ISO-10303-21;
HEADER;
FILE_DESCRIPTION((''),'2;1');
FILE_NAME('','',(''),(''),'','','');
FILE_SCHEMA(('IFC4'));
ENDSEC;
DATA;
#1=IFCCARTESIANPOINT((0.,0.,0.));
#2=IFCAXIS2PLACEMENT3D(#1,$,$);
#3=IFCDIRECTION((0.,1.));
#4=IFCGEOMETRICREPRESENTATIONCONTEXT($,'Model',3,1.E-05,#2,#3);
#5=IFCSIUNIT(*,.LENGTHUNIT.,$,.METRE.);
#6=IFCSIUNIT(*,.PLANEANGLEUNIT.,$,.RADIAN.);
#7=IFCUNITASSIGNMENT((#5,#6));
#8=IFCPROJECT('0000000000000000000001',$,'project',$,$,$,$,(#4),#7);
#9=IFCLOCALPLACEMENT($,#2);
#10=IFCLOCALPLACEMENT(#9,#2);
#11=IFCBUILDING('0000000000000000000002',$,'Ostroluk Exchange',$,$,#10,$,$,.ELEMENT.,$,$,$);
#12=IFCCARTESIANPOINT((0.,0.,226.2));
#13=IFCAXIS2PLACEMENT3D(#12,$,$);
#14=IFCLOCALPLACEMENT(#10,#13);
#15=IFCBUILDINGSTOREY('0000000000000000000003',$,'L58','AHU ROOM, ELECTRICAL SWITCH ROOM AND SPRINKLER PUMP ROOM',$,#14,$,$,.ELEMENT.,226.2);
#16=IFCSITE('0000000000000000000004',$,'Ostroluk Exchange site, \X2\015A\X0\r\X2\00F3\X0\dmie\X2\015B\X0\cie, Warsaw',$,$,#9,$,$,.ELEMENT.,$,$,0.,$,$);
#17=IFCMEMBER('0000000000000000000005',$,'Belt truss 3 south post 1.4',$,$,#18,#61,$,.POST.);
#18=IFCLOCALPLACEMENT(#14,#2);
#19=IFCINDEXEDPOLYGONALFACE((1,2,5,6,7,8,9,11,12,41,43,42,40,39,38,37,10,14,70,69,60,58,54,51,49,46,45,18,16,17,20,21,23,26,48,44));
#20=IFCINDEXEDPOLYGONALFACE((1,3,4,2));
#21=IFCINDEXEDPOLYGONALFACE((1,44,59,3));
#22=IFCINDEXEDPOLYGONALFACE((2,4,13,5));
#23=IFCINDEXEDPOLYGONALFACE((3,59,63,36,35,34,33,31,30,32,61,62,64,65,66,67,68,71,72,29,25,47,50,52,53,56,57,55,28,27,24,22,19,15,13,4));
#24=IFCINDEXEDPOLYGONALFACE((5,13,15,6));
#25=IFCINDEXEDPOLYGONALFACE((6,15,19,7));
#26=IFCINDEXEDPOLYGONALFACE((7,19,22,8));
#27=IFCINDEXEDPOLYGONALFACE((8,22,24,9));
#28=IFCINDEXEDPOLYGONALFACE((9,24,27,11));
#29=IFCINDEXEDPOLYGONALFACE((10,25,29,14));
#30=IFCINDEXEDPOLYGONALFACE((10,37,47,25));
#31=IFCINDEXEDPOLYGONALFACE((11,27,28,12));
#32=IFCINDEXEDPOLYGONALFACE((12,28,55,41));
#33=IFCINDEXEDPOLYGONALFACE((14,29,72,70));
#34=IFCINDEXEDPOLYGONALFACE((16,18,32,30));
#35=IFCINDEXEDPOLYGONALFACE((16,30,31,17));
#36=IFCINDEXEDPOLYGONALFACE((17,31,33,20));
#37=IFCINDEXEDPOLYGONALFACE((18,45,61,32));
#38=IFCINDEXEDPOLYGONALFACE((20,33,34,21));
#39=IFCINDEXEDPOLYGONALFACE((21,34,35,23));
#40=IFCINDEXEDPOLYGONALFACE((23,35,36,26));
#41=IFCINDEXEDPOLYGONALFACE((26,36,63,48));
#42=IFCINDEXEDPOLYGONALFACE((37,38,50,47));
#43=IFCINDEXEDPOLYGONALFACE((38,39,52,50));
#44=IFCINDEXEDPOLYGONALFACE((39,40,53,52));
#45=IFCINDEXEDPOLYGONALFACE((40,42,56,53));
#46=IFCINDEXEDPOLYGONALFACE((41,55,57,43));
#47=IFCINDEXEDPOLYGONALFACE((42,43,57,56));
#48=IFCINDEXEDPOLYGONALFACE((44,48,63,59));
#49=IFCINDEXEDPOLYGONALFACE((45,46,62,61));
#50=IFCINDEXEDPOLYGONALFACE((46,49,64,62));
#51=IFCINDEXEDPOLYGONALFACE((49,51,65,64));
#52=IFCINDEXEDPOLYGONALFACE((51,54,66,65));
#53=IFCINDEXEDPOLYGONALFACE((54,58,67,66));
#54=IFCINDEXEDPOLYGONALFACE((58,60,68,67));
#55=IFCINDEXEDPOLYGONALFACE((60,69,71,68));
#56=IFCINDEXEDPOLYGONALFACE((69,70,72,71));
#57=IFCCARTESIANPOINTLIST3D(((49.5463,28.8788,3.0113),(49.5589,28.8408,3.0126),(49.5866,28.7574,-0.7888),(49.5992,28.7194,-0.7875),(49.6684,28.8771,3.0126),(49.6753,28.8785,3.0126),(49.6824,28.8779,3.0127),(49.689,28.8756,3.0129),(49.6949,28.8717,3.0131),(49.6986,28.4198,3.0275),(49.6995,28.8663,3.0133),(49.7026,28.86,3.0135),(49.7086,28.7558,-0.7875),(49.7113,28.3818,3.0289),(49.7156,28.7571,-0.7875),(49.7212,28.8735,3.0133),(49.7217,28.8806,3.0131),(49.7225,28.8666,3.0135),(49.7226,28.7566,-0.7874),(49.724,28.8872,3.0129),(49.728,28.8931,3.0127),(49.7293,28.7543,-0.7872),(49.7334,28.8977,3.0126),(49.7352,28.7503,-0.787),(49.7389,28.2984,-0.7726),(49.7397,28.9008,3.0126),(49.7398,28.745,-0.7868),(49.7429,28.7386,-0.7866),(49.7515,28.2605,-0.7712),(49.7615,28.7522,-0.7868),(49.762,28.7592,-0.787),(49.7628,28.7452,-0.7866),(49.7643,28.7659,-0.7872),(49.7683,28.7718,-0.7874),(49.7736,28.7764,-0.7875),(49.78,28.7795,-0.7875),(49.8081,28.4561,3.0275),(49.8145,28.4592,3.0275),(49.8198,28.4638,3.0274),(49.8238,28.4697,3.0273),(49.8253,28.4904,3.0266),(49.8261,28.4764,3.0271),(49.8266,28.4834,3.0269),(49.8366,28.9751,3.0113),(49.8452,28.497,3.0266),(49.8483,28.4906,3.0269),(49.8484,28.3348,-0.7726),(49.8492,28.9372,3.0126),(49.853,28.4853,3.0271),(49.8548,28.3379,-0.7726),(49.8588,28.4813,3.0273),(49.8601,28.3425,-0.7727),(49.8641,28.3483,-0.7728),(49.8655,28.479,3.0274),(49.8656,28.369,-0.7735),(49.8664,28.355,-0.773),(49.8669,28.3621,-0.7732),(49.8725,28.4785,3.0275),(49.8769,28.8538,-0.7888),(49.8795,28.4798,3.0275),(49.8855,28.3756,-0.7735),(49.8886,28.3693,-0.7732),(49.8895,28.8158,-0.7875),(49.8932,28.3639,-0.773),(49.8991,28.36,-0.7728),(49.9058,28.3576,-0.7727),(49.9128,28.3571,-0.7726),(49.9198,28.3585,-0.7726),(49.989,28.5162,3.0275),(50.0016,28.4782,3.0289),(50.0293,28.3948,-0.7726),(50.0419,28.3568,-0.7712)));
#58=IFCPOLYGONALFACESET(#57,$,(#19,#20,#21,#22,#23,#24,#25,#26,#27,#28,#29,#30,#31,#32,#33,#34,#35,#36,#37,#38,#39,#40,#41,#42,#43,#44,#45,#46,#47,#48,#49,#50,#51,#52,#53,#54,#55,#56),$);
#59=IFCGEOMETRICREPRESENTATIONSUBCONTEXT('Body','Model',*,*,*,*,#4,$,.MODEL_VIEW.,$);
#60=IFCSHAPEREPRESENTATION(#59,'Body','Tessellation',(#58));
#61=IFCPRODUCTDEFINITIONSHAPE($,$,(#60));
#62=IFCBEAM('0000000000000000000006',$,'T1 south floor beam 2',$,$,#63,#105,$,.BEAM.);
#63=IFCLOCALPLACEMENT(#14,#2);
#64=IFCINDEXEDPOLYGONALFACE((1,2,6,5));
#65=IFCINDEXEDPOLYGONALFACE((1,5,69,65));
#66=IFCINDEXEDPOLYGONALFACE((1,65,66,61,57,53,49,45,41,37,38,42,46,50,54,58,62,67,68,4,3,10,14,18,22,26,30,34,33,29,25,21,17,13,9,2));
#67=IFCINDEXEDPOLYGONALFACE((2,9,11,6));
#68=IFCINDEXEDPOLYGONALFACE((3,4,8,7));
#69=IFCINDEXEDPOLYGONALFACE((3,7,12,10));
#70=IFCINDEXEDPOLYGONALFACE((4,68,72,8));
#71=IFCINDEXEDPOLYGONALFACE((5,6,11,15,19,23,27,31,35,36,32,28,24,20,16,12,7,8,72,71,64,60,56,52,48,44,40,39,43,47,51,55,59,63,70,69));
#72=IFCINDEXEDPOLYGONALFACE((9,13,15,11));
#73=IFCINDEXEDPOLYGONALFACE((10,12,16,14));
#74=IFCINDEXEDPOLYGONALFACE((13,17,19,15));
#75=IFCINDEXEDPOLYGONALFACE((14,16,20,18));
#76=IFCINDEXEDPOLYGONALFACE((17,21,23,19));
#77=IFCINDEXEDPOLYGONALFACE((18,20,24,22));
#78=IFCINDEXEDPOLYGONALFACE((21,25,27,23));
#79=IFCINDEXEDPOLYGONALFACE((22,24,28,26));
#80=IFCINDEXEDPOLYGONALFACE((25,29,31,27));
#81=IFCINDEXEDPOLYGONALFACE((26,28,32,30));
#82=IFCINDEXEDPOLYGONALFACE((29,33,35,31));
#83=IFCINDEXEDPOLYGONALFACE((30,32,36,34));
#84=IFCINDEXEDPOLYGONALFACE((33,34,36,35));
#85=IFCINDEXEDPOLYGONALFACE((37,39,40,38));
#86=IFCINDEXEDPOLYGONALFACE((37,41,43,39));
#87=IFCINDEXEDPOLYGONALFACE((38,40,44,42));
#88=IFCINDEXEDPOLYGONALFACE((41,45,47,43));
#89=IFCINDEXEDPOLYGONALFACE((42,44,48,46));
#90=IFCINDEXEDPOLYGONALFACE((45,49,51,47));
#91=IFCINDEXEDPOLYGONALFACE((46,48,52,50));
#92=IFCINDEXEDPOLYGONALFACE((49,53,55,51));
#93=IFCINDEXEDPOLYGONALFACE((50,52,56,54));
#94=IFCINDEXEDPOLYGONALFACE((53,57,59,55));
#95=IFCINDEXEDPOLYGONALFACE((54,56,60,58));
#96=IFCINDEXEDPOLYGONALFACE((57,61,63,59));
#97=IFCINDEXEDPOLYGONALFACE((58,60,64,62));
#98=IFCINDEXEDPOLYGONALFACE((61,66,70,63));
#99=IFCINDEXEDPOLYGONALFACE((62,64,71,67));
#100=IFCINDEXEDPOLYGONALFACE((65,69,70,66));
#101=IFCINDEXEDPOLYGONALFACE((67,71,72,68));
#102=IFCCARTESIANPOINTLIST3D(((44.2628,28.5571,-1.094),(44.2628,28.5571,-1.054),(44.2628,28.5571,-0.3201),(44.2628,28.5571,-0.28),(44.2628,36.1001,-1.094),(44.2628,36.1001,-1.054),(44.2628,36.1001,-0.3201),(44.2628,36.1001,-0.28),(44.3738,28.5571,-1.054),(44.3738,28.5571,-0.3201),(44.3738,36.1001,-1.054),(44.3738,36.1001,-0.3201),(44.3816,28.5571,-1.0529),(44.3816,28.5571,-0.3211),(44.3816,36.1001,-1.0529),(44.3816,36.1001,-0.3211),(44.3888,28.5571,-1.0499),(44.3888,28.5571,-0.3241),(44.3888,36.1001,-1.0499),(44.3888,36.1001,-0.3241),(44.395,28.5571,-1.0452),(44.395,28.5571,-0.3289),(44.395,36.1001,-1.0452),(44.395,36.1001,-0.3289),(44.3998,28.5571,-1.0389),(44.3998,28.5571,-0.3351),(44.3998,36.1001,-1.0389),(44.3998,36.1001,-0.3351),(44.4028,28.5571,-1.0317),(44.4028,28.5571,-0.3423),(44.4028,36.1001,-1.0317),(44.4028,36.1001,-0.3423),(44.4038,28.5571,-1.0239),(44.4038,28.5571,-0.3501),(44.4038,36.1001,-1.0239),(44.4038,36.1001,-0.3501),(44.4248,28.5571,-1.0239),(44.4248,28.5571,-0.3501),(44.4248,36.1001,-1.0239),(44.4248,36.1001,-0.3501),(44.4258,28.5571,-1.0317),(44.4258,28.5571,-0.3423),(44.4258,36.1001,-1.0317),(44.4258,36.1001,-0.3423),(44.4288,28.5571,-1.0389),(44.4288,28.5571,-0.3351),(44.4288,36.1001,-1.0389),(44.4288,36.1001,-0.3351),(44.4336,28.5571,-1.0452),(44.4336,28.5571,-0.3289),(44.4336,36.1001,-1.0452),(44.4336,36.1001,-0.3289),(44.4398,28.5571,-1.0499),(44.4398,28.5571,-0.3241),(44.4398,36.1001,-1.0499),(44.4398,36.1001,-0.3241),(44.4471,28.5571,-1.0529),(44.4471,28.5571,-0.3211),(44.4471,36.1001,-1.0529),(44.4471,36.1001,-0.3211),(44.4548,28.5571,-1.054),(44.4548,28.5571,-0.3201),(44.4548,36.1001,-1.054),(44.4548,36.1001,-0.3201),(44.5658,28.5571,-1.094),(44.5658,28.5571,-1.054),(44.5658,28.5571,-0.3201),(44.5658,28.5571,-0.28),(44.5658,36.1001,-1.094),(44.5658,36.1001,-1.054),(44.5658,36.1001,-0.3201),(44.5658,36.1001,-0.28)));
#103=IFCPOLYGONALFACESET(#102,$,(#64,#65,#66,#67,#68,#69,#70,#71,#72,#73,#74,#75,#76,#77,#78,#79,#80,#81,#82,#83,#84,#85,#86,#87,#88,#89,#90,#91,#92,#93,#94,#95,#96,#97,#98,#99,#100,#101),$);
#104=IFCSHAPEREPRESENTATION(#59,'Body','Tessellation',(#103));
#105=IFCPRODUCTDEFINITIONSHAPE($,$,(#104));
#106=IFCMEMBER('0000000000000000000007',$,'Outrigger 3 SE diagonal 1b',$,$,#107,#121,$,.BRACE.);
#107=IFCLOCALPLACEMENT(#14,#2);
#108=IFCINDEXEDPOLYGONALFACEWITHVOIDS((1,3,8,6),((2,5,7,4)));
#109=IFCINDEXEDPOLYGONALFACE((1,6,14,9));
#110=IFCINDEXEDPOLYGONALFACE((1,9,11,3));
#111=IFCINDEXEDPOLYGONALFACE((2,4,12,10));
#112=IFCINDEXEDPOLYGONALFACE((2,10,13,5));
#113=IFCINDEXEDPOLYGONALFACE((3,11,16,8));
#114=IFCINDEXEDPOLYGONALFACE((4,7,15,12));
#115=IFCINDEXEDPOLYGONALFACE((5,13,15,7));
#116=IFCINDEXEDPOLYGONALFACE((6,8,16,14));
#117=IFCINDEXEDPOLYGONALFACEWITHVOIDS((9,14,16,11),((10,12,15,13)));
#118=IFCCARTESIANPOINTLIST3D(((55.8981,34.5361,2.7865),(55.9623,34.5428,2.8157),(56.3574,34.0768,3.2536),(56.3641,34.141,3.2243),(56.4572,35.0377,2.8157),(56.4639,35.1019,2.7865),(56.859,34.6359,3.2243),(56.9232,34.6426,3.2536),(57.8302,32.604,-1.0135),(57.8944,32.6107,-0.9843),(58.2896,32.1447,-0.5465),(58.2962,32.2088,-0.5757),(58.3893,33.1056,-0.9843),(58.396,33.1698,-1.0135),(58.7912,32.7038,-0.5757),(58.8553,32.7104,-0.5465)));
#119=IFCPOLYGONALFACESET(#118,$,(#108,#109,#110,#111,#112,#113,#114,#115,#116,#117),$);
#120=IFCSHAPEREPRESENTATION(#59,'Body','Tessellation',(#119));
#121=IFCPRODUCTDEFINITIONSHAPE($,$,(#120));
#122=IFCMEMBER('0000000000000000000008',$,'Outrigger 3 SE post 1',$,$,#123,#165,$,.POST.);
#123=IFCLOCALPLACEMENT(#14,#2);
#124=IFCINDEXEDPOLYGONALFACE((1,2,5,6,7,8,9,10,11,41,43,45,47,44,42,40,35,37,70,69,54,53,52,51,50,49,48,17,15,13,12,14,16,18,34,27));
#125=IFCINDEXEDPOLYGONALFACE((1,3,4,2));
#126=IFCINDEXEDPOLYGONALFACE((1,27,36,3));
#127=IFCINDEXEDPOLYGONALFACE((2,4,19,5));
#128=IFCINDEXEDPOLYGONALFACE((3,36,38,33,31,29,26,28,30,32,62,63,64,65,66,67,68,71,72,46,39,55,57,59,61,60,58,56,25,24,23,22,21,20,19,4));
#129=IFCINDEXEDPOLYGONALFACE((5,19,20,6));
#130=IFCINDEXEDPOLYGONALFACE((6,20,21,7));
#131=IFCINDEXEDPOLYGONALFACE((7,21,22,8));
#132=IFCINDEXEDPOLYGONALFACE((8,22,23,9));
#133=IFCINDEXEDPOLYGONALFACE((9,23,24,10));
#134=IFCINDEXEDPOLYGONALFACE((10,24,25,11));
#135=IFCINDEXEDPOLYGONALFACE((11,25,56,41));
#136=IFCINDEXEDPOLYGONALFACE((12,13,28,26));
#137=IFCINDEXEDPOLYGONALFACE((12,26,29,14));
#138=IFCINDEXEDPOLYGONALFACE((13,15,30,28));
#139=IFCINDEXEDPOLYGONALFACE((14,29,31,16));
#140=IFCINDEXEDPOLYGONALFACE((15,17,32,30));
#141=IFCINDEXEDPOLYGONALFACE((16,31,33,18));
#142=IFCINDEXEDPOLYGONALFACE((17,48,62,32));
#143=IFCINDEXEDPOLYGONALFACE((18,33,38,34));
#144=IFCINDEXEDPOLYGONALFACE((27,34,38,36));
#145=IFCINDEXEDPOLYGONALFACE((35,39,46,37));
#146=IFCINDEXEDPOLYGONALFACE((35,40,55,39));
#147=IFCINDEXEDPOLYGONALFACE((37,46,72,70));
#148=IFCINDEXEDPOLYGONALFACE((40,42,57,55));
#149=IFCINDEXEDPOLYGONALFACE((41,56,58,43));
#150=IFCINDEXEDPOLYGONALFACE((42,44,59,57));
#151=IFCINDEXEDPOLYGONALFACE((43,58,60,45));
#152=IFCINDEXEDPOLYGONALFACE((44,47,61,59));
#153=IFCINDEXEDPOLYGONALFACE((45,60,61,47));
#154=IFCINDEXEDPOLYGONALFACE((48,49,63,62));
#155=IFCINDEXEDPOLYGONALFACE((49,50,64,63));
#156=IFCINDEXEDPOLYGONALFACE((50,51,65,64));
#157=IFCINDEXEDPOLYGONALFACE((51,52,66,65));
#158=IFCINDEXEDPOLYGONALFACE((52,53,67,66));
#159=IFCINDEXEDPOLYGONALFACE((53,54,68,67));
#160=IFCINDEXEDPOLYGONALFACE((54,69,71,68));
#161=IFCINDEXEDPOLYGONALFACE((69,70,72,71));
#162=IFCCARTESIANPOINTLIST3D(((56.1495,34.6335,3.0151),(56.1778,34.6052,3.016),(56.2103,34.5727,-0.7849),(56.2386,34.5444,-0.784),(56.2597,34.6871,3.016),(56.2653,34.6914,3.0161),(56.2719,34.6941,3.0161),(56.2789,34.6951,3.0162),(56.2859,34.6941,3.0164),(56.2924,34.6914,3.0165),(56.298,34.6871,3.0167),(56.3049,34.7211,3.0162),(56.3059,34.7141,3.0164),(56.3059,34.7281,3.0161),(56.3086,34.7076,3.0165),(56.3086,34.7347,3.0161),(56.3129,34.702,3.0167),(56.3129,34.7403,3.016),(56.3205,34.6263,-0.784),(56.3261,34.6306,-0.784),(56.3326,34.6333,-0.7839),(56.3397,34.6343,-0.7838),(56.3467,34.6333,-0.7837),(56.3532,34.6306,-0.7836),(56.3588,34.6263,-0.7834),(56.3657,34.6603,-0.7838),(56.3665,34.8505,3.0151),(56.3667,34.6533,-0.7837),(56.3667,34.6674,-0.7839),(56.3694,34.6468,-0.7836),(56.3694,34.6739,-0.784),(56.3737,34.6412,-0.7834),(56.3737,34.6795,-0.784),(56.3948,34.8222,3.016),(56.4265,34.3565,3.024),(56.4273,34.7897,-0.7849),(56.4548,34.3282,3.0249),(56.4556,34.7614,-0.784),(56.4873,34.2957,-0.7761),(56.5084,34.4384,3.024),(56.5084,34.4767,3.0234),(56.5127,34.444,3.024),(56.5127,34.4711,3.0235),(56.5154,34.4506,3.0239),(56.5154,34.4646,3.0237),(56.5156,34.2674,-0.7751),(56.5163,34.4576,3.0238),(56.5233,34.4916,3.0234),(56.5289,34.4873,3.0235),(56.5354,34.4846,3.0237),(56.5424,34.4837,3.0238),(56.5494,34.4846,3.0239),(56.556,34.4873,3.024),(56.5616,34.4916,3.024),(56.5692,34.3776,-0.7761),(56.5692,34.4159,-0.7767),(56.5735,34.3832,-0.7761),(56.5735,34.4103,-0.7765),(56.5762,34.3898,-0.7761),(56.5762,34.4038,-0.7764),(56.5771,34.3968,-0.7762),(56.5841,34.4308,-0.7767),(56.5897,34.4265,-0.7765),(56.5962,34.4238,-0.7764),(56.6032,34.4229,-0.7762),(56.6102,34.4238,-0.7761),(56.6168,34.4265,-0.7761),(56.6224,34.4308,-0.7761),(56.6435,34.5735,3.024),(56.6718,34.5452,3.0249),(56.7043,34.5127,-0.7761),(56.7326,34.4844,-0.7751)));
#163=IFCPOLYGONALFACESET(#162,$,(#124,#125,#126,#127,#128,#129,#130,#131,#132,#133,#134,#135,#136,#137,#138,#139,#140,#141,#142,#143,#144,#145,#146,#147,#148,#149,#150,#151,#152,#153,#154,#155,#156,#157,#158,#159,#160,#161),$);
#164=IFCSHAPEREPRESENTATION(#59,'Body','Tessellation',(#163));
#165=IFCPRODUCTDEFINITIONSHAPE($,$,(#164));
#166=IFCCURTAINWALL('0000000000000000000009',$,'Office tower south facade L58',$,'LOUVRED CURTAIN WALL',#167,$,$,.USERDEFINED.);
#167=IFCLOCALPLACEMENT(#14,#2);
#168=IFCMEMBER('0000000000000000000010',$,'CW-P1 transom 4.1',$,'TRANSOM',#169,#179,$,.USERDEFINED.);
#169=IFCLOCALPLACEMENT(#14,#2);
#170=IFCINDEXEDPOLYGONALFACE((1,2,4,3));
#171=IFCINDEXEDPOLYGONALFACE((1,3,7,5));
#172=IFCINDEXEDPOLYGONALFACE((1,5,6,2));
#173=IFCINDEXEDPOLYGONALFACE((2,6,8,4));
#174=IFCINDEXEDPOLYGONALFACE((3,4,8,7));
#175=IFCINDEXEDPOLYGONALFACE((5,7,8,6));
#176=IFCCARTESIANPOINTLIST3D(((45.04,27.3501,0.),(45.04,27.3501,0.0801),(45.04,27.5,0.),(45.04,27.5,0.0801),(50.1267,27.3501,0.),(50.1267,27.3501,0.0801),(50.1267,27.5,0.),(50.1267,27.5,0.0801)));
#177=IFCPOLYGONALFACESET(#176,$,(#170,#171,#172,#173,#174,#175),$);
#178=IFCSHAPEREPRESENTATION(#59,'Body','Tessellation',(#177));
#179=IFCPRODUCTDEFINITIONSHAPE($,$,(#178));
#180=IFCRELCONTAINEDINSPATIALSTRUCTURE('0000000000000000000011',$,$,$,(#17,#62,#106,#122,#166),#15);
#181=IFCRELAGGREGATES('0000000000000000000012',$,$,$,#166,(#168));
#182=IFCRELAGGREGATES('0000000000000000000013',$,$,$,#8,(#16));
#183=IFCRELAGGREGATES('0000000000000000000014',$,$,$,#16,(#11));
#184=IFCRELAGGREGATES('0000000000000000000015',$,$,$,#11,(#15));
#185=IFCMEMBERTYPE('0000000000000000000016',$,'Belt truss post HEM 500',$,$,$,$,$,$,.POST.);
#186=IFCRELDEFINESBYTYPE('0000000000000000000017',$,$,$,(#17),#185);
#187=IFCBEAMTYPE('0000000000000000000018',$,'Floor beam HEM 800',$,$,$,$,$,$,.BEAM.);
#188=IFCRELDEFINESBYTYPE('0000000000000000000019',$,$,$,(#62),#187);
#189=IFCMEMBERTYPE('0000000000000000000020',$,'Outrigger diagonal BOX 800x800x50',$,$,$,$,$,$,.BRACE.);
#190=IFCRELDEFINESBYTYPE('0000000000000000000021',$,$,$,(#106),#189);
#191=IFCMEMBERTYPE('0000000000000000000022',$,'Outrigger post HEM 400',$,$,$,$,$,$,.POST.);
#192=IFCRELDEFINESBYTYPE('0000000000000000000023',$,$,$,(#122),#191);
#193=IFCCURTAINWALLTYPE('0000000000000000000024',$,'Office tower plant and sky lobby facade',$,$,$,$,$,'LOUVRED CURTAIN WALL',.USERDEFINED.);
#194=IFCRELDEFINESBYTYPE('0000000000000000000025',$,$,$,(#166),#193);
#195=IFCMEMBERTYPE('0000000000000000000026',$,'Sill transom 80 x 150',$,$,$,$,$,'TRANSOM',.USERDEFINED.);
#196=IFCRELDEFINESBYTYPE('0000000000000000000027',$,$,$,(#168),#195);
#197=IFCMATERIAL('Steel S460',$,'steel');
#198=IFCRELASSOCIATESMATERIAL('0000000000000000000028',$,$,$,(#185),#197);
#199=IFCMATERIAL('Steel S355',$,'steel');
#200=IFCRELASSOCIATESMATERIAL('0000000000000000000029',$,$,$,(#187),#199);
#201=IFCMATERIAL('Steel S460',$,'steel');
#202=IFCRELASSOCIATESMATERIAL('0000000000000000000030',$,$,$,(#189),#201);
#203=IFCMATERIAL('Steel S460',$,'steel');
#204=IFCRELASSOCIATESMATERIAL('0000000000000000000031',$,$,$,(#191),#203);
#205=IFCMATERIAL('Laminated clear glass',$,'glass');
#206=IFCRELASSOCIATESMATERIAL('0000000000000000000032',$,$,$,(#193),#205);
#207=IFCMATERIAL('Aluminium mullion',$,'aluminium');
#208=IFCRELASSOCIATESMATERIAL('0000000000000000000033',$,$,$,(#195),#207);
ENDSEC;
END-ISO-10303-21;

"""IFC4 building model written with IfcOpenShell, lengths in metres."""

from ifc_helpers import new_model, si_unit, direction, frame, origin, origin_2d, place, context, subcontext, project, spatial, rectangle, hollow_rectangle, i_section, extrude, material, material_profile, profile_set, type_object, element, aggregate, save


model = new_model("IFC4")

# Units and contexts
model_context = context("Model", 3, precision=1e-05, world=origin(), true_north=direction((0.0, 1.0)))
body_context = subcontext(model_context, "Body", "Model", "MODEL_VIEW")
ifc_project = project(units=[si_unit("LENGTHUNIT", "METRE"), si_unit("PLANEANGLEUNIT", "RADIAN")], contexts=[model_context])

# Site, building, storey
site_placement = place(None, origin())
site = spatial("IfcSite", under=ifc_project, at=site_placement, Name="Ostroluk Exchange site, Śródmieście, Warsaw", CompositionType="ELEMENT", RefElevation=0.0)
building_placement = place(site_placement, origin())
building = spatial("IfcBuilding", under=site, at=building_placement, Name="Ostroluk Exchange", CompositionType="ELEMENT")
storey_placement = place(building_placement, frame((0.0, 0.0, 226.2)))
storey = spatial("IfcBuildingStorey", under=building, at=storey_placement, Name="L58", Description="AHU ROOM, ELECTRICAL SWITCH ROOM AND SPRINKLER PUMP ROOM", CompositionType="ELEMENT", Elevation=226.2)

# Member
ifc_material_1 = material(Name="Steel S460", Category="steel")
ifc_material_profile_1 = material_profile(ifc_material_1, i_section(OverallWidth=0.3059, OverallDepth=0.5239, WebThickness=0.021, FlangeThickness=0.04, FilletRadius=0.0271, at=origin_2d()), Name="HEM 500")
ifc_profile_set_1 = profile_set([ifc_material_profile_1], Name="Steel S460")
member_type_1 = type_object("IfcMemberType", Name="Belt truss post HEM 500", PredefinedType="POST", material=ifc_profile_set_1)
member_1_placement = place(storey_placement, frame((49.8142, 28.5571, -0.78), z_axis=(-0.010595, 0.031913, 0.999435), x_axis=(-0.949065, -0.315082, 0.0)))
element("IfcMember", 1, at=member_1_placement, inside=storey, type_object=member_type_1, Name="Belt truss 3 south post 1.4", PredefinedType="POST", context=body_context, shape_type="SweptSolid", body=[
    extrude(i_section(OverallWidth=0.3059, OverallDepth=0.5239, WebThickness=0.021, FlangeThickness=0.04, FilletRadius=0.0271, at=origin_2d()), origin(), (0.0, 0.0, 1.0), 3.8022),
])

# Beam
ifc_material_2 = material(Name="Steel S355", Category="steel")
ifc_material_profile_2 = material_profile(ifc_material_2, i_section(OverallWidth=0.303, OverallDepth=0.814, WebThickness=0.021, FlangeThickness=0.04, FilletRadius=0.03, at=origin_2d()), Name="HEM 800")
ifc_profile_set_2 = profile_set([ifc_material_profile_2], Name="Steel S355")
beam_type = type_object("IfcBeamType", Name="Floor beam HEM 800", PredefinedType="BEAM", material=ifc_profile_set_2)
beam_placement = place(storey_placement, frame((44.4143, 36.1001, -0.687), z_axis=(0.0, -1.0, 0.0), x_axis=(1.0, 0.0, 0.0)))
element("IfcBeam", 2, at=beam_placement, inside=storey, type_object=beam_type, Name="T1 south floor beam 2", PredefinedType="BEAM", context=body_context, shape_type="SweptSolid", body=[
    extrude(i_section(OverallWidth=0.303, OverallDepth=0.814, WebThickness=0.021, FlangeThickness=0.04, FilletRadius=0.03, at=origin_2d()), origin(), (0.0, 0.0, 1.0), 7.543),
])

# Members
ifc_material_3 = material(Name="Steel S460", Category="steel")
ifc_material_profile_3 = material_profile(ifc_material_3, hollow_rectangle(XDim=0.8, YDim=0.8, WallThickness=0.05, at=origin_2d()), Name="BOX 800x800x50")
ifc_profile_set_3 = profile_set([ifc_material_profile_3], Name="Steel S460")
member_type_2 = type_object("IfcMemberType", Name="Outrigger diagonal BOX 800x800x50", PredefinedType="BRACE", material=ifc_profile_set_3)
member_2_placement = place(storey_placement, frame((56.4106, 34.5894, 3.02), z_axis=(0.412808, -0.412808, -0.811898), x_axis=(0.707107, 0.707107, 0.0)))
element("IfcMember", 3, at=member_2_placement, inside=storey, type_object=member_type_2, Name="Outrigger 3 SE diagonal 1b", PredefinedType="BRACE", context=body_context, shape_type="SweptSolid", body=[
    extrude(hollow_rectangle(XDim=0.8, YDim=0.8, WallThickness=0.05, at=origin_2d()), origin(), (0.0, 0.0, 1.0), 4.6804),
])
ifc_material_4 = material(Name="Steel S460", Category="steel")
ifc_material_profile_4 = material_profile(ifc_material_4, i_section(OverallWidth=0.3069, OverallDepth=0.4319, WebThickness=0.021, FlangeThickness=0.04, FilletRadius=0.0271, at=origin_2d()), Name="HEM 400")
ifc_profile_set_4 = profile_set([ifc_material_profile_4], Name="Steel S460")
member_type_3 = type_object("IfcMemberType", Name="Outrigger post HEM 400", PredefinedType="POST", material=ifc_profile_set_4)
member_3_placement = place(storey_placement, frame((56.4714, 34.5286, -0.78), z_axis=(-0.015993, 0.015993, 0.999744), x_axis=(-0.707107, -0.707107, 0.0)))
element("IfcMember", 4, at=member_3_placement, inside=storey, type_object=member_type_3, Name="Outrigger 3 SE post 1", PredefinedType="POST", context=body_context, shape_type="SweptSolid", body=[
    extrude(i_section(OverallWidth=0.3069, OverallDepth=0.4319, WebThickness=0.021, FlangeThickness=0.04, FilletRadius=0.0271, at=origin_2d()), origin(), (0.0, 0.0, 1.0), 3.801),
])

# Curtain wall, member
ifc_material_5 = material(Name="Laminated clear glass", Category="glass")
curtain_wall_type = type_object("IfcCurtainWallType", Name="Office tower plant and sky lobby facade", ElementType="LOUVRED CURTAIN WALL", PredefinedType="USERDEFINED", material=ifc_material_5)
curtain_wall_placement = place(storey_placement, origin())
curtain_wall = element("IfcCurtainWall", 5, at=curtain_wall_placement, inside=storey, type_object=curtain_wall_type, Name="Office tower south facade L58", ObjectType="LOUVRED CURTAIN WALL", PredefinedType="USERDEFINED")
ifc_material_6 = material(Name="Aluminium mullion", Category="aluminium")
ifc_material_profile_5 = material_profile(ifc_material_6, rectangle(XDim=0.1499, YDim=0.0801, at=origin_2d()), Name="Sill transom 80 x 150")
ifc_profile_set_5 = profile_set([ifc_material_profile_5], Name="Aluminium mullion")
member_type_4 = type_object("IfcMemberType", Name="Sill transom 80 x 150", ElementType="TRANSOM", PredefinedType="USERDEFINED", material=ifc_profile_set_5)
member_4_placement = place(storey_placement, frame((45.04, 27.425, 0.04), z_axis=(1.0, 0.0, 0.0), x_axis=(0.0, 1.0, 0.0)))
member_4 = element("IfcMember", 6, at=member_4_placement, type_object=member_type_4, Name="CW-P1 transom 4.1", ObjectType="TRANSOM", PredefinedType="USERDEFINED", context=body_context, shape_type="SweptSolid", body=[
    extrude(rectangle(XDim=0.1499, YDim=0.0801, at=origin_2d()), origin(), (0.0, 0.0, 1.0), 5.0867),
])
aggregate(curtain_wall, [member_4])

save(model, "model.ifc")
